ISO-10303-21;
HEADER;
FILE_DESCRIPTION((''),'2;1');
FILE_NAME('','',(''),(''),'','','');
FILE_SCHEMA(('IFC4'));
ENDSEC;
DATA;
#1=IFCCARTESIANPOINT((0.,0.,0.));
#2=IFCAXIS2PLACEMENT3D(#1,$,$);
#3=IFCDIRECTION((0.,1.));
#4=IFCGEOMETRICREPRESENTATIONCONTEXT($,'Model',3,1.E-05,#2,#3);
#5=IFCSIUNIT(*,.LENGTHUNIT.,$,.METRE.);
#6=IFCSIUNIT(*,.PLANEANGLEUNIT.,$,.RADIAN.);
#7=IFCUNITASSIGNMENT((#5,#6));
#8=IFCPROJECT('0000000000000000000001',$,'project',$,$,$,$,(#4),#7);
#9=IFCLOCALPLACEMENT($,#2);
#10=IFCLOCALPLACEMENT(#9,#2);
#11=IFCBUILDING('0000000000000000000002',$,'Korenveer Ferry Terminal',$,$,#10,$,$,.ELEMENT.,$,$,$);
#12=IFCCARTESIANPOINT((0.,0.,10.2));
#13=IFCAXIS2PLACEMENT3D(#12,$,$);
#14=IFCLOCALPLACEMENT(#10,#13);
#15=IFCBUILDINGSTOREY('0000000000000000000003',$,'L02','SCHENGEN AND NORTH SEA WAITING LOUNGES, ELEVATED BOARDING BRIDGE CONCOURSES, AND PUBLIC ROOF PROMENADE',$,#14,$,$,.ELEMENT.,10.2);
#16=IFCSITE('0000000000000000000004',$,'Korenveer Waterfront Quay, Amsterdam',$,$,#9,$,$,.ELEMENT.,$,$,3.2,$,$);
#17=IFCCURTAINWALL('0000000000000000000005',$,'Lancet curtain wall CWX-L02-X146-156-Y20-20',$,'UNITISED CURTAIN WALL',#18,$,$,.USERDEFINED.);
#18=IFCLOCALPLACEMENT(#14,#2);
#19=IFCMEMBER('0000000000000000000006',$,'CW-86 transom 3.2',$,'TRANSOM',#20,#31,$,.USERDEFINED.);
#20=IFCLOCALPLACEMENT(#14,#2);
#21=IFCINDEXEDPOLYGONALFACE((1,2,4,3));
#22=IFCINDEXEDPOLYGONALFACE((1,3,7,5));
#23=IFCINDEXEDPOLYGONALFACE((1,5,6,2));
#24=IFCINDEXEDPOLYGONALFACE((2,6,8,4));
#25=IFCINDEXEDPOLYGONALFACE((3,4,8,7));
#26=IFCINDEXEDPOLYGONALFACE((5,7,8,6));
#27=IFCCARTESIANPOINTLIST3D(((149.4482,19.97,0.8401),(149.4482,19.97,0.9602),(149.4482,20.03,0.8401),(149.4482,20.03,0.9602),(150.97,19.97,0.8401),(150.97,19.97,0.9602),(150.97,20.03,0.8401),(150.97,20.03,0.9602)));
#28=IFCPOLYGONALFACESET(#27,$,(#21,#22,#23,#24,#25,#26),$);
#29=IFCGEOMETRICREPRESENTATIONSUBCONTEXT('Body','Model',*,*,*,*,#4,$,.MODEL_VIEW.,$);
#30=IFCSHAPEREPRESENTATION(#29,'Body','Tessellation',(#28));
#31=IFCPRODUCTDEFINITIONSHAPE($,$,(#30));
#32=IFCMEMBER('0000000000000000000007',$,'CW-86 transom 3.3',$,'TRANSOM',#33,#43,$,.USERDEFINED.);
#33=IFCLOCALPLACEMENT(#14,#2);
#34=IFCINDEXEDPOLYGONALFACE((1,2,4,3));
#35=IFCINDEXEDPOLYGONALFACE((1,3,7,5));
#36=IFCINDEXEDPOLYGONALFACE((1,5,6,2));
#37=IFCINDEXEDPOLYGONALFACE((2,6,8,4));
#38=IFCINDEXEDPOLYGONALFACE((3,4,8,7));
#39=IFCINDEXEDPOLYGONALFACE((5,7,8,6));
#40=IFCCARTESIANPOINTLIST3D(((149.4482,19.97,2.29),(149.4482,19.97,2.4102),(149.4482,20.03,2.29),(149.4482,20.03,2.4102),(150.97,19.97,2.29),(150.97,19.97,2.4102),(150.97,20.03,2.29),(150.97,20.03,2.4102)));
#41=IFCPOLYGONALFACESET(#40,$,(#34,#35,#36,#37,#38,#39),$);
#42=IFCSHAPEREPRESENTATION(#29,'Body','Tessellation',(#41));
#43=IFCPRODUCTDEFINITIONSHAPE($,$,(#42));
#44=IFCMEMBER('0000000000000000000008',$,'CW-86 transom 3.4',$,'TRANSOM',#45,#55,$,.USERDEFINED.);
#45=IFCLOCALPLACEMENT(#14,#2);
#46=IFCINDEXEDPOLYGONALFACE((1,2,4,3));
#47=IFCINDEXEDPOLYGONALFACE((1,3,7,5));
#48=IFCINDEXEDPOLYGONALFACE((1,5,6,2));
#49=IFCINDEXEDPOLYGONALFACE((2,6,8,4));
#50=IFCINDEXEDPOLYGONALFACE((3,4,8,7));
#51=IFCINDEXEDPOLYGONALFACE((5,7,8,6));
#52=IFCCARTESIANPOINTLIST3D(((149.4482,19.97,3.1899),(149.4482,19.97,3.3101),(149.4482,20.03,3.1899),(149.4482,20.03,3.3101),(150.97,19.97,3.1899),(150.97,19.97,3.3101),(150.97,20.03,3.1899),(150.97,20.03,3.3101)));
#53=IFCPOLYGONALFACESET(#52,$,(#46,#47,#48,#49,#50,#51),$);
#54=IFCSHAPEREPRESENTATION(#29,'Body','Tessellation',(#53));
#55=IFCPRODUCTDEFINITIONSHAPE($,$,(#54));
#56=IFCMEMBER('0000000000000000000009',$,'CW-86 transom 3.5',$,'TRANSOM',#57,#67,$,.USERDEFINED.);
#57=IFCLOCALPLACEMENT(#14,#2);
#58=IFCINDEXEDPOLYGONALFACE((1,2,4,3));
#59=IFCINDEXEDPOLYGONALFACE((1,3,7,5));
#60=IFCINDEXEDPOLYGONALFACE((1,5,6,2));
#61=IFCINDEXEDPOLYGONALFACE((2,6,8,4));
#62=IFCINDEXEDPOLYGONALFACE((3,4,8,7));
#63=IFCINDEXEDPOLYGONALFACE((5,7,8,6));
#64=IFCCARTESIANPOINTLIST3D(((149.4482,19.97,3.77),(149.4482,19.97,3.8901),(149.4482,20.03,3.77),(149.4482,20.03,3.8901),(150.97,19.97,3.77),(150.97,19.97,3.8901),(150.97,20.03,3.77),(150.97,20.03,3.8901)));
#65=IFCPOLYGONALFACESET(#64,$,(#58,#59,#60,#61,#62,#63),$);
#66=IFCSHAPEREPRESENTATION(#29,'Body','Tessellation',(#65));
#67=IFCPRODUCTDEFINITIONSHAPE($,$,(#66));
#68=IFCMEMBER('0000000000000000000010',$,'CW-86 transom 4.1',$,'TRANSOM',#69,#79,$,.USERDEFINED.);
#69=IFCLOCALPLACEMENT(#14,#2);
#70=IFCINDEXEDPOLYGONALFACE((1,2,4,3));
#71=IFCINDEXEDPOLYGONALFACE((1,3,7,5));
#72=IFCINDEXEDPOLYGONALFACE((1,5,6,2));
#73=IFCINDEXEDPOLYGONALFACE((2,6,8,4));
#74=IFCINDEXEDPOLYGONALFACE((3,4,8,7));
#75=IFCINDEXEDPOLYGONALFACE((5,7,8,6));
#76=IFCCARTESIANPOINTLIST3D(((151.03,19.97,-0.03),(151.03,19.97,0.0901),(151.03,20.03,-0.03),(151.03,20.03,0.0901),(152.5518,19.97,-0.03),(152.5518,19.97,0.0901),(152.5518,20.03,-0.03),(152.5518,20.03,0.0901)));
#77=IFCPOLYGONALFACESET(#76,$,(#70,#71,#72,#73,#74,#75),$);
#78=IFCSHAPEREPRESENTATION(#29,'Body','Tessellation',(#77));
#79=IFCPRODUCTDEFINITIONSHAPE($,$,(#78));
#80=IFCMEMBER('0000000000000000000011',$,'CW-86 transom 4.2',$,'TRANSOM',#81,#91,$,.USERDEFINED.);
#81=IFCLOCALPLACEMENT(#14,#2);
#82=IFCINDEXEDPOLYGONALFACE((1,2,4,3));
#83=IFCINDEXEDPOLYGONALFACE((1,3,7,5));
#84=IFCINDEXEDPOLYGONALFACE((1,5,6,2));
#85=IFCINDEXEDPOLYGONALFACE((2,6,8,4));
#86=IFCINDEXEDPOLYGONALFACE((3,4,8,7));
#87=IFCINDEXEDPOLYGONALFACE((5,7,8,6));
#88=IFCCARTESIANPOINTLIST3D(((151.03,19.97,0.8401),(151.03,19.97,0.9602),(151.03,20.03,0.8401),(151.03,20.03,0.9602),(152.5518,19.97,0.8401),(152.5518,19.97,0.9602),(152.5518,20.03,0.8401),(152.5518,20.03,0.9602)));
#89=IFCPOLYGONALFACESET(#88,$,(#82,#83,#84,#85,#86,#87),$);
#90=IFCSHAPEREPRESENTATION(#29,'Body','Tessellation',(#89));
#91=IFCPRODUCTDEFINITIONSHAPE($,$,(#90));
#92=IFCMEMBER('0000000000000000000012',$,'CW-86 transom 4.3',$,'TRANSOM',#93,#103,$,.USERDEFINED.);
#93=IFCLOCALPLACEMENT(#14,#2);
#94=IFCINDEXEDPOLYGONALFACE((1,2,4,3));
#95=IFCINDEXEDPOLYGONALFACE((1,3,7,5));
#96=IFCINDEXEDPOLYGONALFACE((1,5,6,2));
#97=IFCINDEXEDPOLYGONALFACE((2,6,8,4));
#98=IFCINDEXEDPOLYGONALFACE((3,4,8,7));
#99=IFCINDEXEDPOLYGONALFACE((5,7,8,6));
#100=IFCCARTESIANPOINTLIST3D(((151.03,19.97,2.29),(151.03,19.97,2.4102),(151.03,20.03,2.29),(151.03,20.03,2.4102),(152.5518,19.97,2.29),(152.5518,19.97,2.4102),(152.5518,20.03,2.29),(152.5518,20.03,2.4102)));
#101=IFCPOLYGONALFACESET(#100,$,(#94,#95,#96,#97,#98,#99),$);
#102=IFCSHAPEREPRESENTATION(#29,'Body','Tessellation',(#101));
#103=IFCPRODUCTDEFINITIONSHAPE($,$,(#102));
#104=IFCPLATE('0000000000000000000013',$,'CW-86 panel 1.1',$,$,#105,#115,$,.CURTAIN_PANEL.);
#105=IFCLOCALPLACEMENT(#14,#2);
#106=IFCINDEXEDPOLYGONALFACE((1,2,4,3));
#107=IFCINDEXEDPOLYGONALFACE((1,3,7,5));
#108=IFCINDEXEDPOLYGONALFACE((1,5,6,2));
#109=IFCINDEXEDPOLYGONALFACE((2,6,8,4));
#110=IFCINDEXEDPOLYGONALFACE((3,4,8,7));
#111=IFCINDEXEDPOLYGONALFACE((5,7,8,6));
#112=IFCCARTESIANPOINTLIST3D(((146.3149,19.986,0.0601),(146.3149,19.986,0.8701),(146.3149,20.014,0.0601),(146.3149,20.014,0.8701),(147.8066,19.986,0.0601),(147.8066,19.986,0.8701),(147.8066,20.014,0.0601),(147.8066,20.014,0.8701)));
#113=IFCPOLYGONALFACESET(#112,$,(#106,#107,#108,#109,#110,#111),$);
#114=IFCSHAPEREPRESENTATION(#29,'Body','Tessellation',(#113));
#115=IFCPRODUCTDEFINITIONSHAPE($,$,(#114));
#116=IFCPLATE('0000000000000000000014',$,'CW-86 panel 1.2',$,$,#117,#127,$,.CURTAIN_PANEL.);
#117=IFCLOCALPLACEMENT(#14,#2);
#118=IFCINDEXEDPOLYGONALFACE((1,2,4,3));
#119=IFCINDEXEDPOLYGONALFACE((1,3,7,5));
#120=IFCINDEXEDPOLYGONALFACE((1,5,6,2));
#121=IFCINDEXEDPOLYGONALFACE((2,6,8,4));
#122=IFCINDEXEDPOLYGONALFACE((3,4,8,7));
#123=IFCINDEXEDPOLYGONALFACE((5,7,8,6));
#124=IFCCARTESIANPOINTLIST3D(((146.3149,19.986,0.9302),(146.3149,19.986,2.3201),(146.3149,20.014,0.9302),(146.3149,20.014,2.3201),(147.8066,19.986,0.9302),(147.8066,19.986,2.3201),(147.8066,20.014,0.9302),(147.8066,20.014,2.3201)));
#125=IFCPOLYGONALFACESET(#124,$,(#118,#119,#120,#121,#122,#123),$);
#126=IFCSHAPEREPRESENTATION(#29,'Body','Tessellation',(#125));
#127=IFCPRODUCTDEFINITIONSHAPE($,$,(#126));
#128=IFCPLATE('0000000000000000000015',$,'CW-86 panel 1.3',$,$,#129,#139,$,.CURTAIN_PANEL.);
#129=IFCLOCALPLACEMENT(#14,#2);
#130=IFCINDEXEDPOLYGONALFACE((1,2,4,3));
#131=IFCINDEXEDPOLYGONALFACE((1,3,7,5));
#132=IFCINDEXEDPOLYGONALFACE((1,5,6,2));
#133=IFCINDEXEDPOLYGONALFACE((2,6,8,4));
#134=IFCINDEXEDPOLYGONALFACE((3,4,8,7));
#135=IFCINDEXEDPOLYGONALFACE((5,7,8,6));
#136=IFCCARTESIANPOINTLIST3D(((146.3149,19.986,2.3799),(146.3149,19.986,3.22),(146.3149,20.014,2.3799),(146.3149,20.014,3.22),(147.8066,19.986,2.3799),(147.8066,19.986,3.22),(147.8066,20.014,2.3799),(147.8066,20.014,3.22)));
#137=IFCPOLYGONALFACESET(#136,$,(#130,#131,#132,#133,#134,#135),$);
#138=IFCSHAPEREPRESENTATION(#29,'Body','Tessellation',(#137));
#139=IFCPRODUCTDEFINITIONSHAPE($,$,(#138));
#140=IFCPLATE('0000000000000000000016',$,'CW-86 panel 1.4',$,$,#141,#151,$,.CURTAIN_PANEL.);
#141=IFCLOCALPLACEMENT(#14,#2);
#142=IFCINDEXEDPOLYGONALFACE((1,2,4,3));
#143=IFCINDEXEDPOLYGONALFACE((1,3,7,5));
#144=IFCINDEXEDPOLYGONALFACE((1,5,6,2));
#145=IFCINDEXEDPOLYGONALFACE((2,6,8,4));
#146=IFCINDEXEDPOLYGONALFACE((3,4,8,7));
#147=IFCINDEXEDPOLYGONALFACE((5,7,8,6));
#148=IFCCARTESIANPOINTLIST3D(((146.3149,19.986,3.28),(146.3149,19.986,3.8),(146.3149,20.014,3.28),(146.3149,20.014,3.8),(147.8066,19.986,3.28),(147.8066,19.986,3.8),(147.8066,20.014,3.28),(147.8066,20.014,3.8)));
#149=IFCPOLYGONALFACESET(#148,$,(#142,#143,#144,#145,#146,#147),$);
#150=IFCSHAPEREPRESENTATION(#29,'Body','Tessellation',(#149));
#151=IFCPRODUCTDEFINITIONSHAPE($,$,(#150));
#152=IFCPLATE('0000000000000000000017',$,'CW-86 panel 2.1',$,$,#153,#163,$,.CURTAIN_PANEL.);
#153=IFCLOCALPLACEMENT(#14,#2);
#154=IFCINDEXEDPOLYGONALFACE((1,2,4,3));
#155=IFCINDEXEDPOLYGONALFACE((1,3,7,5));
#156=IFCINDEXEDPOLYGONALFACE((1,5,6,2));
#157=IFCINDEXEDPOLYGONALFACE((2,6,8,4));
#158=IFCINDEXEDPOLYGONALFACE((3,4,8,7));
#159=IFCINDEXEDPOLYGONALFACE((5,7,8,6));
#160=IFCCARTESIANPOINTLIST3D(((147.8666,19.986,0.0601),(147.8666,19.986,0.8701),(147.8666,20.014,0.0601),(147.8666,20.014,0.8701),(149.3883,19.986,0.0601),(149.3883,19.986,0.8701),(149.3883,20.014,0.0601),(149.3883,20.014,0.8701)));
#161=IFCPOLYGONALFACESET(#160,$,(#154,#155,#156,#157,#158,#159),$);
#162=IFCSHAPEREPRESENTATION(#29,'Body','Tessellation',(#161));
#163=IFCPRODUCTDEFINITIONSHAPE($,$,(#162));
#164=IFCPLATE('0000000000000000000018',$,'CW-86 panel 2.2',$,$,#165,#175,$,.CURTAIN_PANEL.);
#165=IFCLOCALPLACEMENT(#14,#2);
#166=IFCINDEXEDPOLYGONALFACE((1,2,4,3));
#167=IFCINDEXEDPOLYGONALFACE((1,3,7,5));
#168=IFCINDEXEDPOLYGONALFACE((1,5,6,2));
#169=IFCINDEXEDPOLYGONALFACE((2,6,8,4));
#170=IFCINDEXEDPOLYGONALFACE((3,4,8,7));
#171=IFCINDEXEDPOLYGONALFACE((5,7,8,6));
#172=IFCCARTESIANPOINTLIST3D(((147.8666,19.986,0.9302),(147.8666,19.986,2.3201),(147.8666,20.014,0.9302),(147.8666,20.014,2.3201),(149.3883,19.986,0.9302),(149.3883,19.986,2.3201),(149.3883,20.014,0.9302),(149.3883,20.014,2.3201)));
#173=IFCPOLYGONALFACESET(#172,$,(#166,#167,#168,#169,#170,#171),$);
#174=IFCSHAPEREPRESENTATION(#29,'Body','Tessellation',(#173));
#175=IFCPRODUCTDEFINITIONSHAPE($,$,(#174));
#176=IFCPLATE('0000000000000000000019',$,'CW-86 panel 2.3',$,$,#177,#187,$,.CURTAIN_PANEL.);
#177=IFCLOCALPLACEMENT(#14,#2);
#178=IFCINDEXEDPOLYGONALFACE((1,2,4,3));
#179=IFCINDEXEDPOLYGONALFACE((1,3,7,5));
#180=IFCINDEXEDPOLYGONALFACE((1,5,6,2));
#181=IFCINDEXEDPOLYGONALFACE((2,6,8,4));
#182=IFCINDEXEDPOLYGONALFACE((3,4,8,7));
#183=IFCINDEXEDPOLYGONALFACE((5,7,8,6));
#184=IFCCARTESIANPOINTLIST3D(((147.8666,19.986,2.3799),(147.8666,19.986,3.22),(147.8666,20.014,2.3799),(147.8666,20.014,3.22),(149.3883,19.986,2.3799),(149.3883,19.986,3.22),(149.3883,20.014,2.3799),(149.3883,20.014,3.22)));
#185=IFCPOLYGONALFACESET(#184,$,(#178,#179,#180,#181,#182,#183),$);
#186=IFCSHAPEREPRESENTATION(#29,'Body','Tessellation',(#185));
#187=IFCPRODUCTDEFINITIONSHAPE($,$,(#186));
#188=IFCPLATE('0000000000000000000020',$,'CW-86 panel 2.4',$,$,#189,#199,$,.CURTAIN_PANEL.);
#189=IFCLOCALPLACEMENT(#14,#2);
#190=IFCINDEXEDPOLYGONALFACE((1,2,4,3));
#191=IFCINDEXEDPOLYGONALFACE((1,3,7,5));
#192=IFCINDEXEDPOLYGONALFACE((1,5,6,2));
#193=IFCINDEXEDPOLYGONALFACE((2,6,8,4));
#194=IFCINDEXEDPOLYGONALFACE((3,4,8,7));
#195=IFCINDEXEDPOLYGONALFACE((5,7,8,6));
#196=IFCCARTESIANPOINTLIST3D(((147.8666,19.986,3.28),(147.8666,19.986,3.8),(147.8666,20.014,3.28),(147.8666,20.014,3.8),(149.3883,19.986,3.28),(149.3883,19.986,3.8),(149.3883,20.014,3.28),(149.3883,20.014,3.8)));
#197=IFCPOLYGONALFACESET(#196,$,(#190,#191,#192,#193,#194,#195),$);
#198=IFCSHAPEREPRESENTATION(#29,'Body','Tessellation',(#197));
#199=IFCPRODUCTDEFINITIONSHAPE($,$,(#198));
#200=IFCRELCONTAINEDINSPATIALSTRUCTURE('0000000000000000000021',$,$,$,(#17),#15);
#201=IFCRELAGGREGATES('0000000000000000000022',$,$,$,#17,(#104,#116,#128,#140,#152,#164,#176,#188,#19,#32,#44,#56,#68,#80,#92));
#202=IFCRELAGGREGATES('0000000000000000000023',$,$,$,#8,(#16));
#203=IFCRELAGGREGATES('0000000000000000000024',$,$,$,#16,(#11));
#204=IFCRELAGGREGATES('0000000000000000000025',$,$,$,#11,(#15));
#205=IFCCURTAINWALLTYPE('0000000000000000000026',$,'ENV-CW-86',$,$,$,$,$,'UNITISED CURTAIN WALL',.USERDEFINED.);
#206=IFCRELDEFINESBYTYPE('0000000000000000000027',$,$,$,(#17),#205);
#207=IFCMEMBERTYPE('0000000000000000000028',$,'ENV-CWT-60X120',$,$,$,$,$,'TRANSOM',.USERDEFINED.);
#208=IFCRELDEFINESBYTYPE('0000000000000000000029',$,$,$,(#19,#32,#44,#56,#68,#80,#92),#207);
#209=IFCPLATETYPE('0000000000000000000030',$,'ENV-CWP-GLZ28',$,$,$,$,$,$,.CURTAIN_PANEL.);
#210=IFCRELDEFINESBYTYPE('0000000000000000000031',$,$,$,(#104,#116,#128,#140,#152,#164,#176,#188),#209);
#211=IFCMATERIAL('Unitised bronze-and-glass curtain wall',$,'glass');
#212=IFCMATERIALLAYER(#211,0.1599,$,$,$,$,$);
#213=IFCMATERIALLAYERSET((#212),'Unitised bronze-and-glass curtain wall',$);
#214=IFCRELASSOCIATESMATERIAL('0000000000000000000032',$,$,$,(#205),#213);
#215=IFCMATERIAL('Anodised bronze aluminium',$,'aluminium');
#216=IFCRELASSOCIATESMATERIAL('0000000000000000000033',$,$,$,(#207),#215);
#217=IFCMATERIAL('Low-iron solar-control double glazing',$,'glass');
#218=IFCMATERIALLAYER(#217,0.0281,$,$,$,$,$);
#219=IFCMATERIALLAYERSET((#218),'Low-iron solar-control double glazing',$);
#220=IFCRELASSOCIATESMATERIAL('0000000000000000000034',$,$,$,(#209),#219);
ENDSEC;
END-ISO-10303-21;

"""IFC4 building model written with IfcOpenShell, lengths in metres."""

from ifc_helpers import new_model, si_unit, direction, frame, origin, origin_2d, place, context, subcontext, project, spatial, rectangle, extrude, material, layer, layer_set, material_profile, profile_set, type_object, element, aggregate, save


model = new_model("IFC4")

# Units and contexts
model_context = context("Model", 3, precision=1e-05, world=origin(), true_north=direction((0.0, 1.0)))
body_context = subcontext(model_context, "Body", "Model", "MODEL_VIEW")
ifc_project = project(units=[si_unit("LENGTHUNIT", "METRE"), si_unit("PLANEANGLEUNIT", "RADIAN")], contexts=[model_context])

# Site, building, storey
site_placement = place(None, origin())
site = spatial("IfcSite", under=ifc_project, at=site_placement, Name="Korenveer Waterfront Quay, Amsterdam", CompositionType="ELEMENT", RefElevation=3.2)
building_placement = place(site_placement, origin())
building = spatial("IfcBuilding", under=site, at=building_placement, Name="Korenveer Ferry Terminal", CompositionType="ELEMENT")
storey_placement = place(building_placement, frame((0.0, 0.0, 10.2)))
storey = spatial("IfcBuildingStorey", under=building, at=storey_placement, Name="L02", Description="SCHENGEN AND NORTH SEA WAITING LOUNGES, ELEVATED BOARDING BRIDGE CONCOURSES, AND PUBLIC ROOF PROMENADE", CompositionType="ELEMENT", Elevation=10.2)

# Curtain wall, members, plates
ifc_material_1 = material(Name="Unitised bronze-and-glass curtain wall", Category="glass")
ifc_layer_1 = layer(ifc_material_1, 0.1599)
ifc_layer_set_1 = layer_set([ifc_layer_1], Name="Unitised bronze-and-glass curtain wall")
curtain_wall_type = type_object("IfcCurtainWallType", Name="ENV-CW-86", ElementType="UNITISED CURTAIN WALL", PredefinedType="USERDEFINED", material=ifc_layer_set_1)
curtain_wall_placement = place(storey_placement, frame((146.2549, 20.0, 0.0)))
curtain_wall = element("IfcCurtainWall", 1, at=curtain_wall_placement, inside=storey, type_object=curtain_wall_type, Name="Lancet curtain wall CWX-L02-X146-156-Y20-20", ObjectType="UNITISED CURTAIN WALL", PredefinedType="USERDEFINED")
ifc_material_2 = material(Name="Anodised bronze aluminium", Category="aluminium")
ifc_material_profile_1 = material_profile(ifc_material_2, rectangle(XDim=0.0601, YDim=0.1201, at=origin_2d()), Name="ALU 60x120")
ifc_profile_set_1 = profile_set([ifc_material_profile_1], Name="Anodised bronze aluminium")
member_type_1 = type_object("IfcMemberType", Name="ENV-CWT-60X120", ElementType="TRANSOM", PredefinedType="USERDEFINED", material=ifc_profile_set_1)
member_1_placement = place(storey_placement, frame((149.4482, 20.0, 0.9001), z_axis=(1.0, 0.0, 0.0), x_axis=(0.0, 1.0, 0.0)))
member_1 = element("IfcMember", 2, at=member_1_placement, type_object=member_type_1, Name="CW-86 transom 3.2", ObjectType="TRANSOM", PredefinedType="USERDEFINED", context=body_context, shape_type="SweptSolid", body=[
    extrude(rectangle(XDim=0.0601, YDim=0.1201, at=origin_2d()), origin(), (0.0, 0.0, 1.0), 1.5217),
])
member_2_placement = place(storey_placement, frame((149.4482, 20.0, 2.3501), z_axis=(1.0, 0.0, 0.0), x_axis=(0.0, 1.0, 0.0)))
member_2 = element("IfcMember", 3, at=member_2_placement, type_object=member_type_1, Name="CW-86 transom 3.3", ObjectType="TRANSOM", PredefinedType="USERDEFINED", context=body_context, shape_type="SweptSolid", body=[
    extrude(rectangle(XDim=0.0601, YDim=0.1201, at=origin_2d()), origin(), (0.0, 0.0, 1.0), 1.5217),
])
member_3_placement = place(storey_placement, frame((149.4482, 20.0, 3.25), z_axis=(1.0, 0.0, 0.0), x_axis=(0.0, 1.0, 0.0)))
member_3 = element("IfcMember", 4, at=member_3_placement, type_object=member_type_1, Name="CW-86 transom 3.4", ObjectType="TRANSOM", PredefinedType="USERDEFINED", context=body_context, shape_type="SweptSolid", body=[
    extrude(rectangle(XDim=0.0601, YDim=0.1201, at=origin_2d()), origin(), (0.0, 0.0, 1.0), 1.5217),
])
member_4_placement = place(storey_placement, frame((149.4482, 20.0, 3.8301), z_axis=(1.0, 0.0, 0.0), x_axis=(0.0, 1.0, 0.0)))
member_4 = element("IfcMember", 5, at=member_4_placement, type_object=member_type_1, Name="CW-86 transom 3.5", ObjectType="TRANSOM", PredefinedType="USERDEFINED", context=body_context, shape_type="SweptSolid", body=[
    extrude(rectangle(XDim=0.0601, YDim=0.1201, at=origin_2d()), origin(), (0.0, 0.0, 1.0), 1.5217),
])
member_5_placement = place(storey_placement, frame((151.03, 20.0, 0.03), z_axis=(1.0, 0.0, 0.0), x_axis=(0.0, 1.0, 0.0)))
member_5 = element("IfcMember", 6, at=member_5_placement, type_object=member_type_1, Name="CW-86 transom 4.1", ObjectType="TRANSOM", PredefinedType="USERDEFINED", context=body_context, shape_type="SweptSolid", body=[
    extrude(rectangle(XDim=0.0601, YDim=0.1201, at=origin_2d()), origin(), (0.0, 0.0, 1.0), 1.5217),
])
member_6_placement = place(storey_placement, frame((151.03, 20.0, 0.9001), z_axis=(1.0, 0.0, 0.0), x_axis=(0.0, 1.0, 0.0)))
member_6 = element("IfcMember", 7, at=member_6_placement, type_object=member_type_1, Name="CW-86 transom 4.2", ObjectType="TRANSOM", PredefinedType="USERDEFINED", context=body_context, shape_type="SweptSolid", body=[
    extrude(rectangle(XDim=0.0601, YDim=0.1201, at=origin_2d()), origin(), (0.0, 0.0, 1.0), 1.5217),
])
member_7_placement = place(storey_placement, frame((151.03, 20.0, 2.3501), z_axis=(1.0, 0.0, 0.0), x_axis=(0.0, 1.0, 0.0)))
member_7 = element("IfcMember", 8, at=member_7_placement, type_object=member_type_1, Name="CW-86 transom 4.3", ObjectType="TRANSOM", PredefinedType="USERDEFINED", context=body_context, shape_type="SweptSolid", body=[
    extrude(rectangle(XDim=0.0601, YDim=0.1201, at=origin_2d()), origin(), (0.0, 0.0, 1.0), 1.5217),
])
ifc_material_3 = material(Name="Low-iron solar-control double glazing", Category="glass")
ifc_layer_2 = layer(ifc_material_3, 0.0281)
ifc_layer_set_2 = layer_set([ifc_layer_2], Name="Low-iron solar-control double glazing")
plate_type = type_object("IfcPlateType", Name="ENV-CWP-GLZ28", PredefinedType="CURTAIN_PANEL", material=ifc_layer_set_2)
plate_1_placement = place(storey_placement, frame((147.0608, 20.0, 0.0601), z_axis=(0.0, 0.0, 1.0), x_axis=(1.0, 0.0, 0.0)))
plate_1 = element("IfcPlate", 9, at=plate_1_placement, type_object=plate_type, Name="CW-86 panel 1.1", PredefinedType="CURTAIN_PANEL", context=body_context, shape_type="SweptSolid", body=[
    extrude(rectangle(XDim=1.4917, YDim=0.0281, at=origin_2d()), origin(), (0.0, 0.0, 1.0), 0.8101),
])
plate_2_placement = place(storey_placement, frame((147.0608, 20.0, 0.9302), z_axis=(0.0, 0.0, 1.0), x_axis=(1.0, 0.0, 0.0)))
plate_2 = element("IfcPlate", 10, at=plate_2_placement, type_object=plate_type, Name="CW-86 panel 1.2", PredefinedType="CURTAIN_PANEL", context=body_context, shape_type="SweptSolid", body=[
    extrude(rectangle(XDim=1.4917, YDim=0.0281, at=origin_2d()), origin(), (0.0, 0.0, 1.0), 1.3899),
])
plate_3_placement = place(storey_placement, frame((147.0608, 20.0, 2.3799), z_axis=(0.0, 0.0, 1.0), x_axis=(1.0, 0.0, 0.0)))
plate_3 = element("IfcPlate", 11, at=plate_3_placement, type_object=plate_type, Name="CW-86 panel 1.3", PredefinedType="CURTAIN_PANEL", context=body_context, shape_type="SweptSolid", body=[
    extrude(rectangle(XDim=1.4917, YDim=0.0281, at=origin_2d()), origin(), (0.0, 0.0, 1.0), 0.8401),
])
plate_4_placement = place(storey_placement, frame((147.0608, 20.0, 3.28), z_axis=(0.0, 0.0, 1.0), x_axis=(1.0, 0.0, 0.0)))
plate_4 = element("IfcPlate", 12, at=plate_4_placement, type_object=plate_type, Name="CW-86 panel 1.4", PredefinedType="CURTAIN_PANEL", context=body_context, shape_type="SweptSolid", body=[
    extrude(rectangle(XDim=1.4917, YDim=0.0281, at=origin_2d()), origin(), (0.0, 0.0, 1.0), 0.52),
])
plate_5_placement = place(storey_placement, frame((148.6274, 20.0, 0.0601), z_axis=(0.0, 0.0, 1.0), x_axis=(1.0, 0.0, 0.0)))
plate_5 = element("IfcPlate", 13, at=plate_5_placement, type_object=plate_type, Name="CW-86 panel 2.1", PredefinedType="CURTAIN_PANEL", context=body_context, shape_type="SweptSolid", body=[
    extrude(rectangle(XDim=1.5217, YDim=0.0281, at=origin_2d()), origin(), (0.0, 0.0, 1.0), 0.8101),
])
plate_6_placement = place(storey_placement, frame((148.6274, 20.0, 0.9302), z_axis=(0.0, 0.0, 1.0), x_axis=(1.0, 0.0, 0.0)))
plate_6 = element("IfcPlate", 14, at=plate_6_placement, type_object=plate_type, Name="CW-86 panel 2.2", PredefinedType="CURTAIN_PANEL", context=body_context, shape_type="SweptSolid", body=[
    extrude(rectangle(XDim=1.5217, YDim=0.0281, at=origin_2d()), origin(), (0.0, 0.0, 1.0), 1.3899),
])
plate_7_placement = place(storey_placement, frame((148.6274, 20.0, 2.3799), z_axis=(0.0, 0.0, 1.0), x_axis=(1.0, 0.0, 0.0)))
plate_7 = element("IfcPlate", 15, at=plate_7_placement, type_object=plate_type, Name="CW-86 panel 2.3", PredefinedType="CURTAIN_PANEL", context=body_context, shape_type="SweptSolid", body=[
    extrude(rectangle(XDim=1.5217, YDim=0.0281, at=origin_2d()), origin(), (0.0, 0.0, 1.0), 0.8401),
])
plate_8_placement = place(storey_placement, frame((148.6274, 20.0, 3.28), z_axis=(0.0, 0.0, 1.0), x_axis=(1.0, 0.0, 0.0)))
plate_8 = element("IfcPlate", 16, at=plate_8_placement, type_object=plate_type, Name="CW-86 panel 2.4", PredefinedType="CURTAIN_PANEL", context=body_context, shape_type="SweptSolid", body=[
    extrude(rectangle(XDim=1.5217, YDim=0.0281, at=origin_2d()), origin(), (0.0, 0.0, 1.0), 0.52),
])
aggregate(curtain_wall, [plate_1, plate_2, plate_3, plate_4, plate_5, plate_6, plate_7, plate_8, member_1, member_2, member_3, member_4, member_5, member_6, member_7])

save(model, "model.ifc")
